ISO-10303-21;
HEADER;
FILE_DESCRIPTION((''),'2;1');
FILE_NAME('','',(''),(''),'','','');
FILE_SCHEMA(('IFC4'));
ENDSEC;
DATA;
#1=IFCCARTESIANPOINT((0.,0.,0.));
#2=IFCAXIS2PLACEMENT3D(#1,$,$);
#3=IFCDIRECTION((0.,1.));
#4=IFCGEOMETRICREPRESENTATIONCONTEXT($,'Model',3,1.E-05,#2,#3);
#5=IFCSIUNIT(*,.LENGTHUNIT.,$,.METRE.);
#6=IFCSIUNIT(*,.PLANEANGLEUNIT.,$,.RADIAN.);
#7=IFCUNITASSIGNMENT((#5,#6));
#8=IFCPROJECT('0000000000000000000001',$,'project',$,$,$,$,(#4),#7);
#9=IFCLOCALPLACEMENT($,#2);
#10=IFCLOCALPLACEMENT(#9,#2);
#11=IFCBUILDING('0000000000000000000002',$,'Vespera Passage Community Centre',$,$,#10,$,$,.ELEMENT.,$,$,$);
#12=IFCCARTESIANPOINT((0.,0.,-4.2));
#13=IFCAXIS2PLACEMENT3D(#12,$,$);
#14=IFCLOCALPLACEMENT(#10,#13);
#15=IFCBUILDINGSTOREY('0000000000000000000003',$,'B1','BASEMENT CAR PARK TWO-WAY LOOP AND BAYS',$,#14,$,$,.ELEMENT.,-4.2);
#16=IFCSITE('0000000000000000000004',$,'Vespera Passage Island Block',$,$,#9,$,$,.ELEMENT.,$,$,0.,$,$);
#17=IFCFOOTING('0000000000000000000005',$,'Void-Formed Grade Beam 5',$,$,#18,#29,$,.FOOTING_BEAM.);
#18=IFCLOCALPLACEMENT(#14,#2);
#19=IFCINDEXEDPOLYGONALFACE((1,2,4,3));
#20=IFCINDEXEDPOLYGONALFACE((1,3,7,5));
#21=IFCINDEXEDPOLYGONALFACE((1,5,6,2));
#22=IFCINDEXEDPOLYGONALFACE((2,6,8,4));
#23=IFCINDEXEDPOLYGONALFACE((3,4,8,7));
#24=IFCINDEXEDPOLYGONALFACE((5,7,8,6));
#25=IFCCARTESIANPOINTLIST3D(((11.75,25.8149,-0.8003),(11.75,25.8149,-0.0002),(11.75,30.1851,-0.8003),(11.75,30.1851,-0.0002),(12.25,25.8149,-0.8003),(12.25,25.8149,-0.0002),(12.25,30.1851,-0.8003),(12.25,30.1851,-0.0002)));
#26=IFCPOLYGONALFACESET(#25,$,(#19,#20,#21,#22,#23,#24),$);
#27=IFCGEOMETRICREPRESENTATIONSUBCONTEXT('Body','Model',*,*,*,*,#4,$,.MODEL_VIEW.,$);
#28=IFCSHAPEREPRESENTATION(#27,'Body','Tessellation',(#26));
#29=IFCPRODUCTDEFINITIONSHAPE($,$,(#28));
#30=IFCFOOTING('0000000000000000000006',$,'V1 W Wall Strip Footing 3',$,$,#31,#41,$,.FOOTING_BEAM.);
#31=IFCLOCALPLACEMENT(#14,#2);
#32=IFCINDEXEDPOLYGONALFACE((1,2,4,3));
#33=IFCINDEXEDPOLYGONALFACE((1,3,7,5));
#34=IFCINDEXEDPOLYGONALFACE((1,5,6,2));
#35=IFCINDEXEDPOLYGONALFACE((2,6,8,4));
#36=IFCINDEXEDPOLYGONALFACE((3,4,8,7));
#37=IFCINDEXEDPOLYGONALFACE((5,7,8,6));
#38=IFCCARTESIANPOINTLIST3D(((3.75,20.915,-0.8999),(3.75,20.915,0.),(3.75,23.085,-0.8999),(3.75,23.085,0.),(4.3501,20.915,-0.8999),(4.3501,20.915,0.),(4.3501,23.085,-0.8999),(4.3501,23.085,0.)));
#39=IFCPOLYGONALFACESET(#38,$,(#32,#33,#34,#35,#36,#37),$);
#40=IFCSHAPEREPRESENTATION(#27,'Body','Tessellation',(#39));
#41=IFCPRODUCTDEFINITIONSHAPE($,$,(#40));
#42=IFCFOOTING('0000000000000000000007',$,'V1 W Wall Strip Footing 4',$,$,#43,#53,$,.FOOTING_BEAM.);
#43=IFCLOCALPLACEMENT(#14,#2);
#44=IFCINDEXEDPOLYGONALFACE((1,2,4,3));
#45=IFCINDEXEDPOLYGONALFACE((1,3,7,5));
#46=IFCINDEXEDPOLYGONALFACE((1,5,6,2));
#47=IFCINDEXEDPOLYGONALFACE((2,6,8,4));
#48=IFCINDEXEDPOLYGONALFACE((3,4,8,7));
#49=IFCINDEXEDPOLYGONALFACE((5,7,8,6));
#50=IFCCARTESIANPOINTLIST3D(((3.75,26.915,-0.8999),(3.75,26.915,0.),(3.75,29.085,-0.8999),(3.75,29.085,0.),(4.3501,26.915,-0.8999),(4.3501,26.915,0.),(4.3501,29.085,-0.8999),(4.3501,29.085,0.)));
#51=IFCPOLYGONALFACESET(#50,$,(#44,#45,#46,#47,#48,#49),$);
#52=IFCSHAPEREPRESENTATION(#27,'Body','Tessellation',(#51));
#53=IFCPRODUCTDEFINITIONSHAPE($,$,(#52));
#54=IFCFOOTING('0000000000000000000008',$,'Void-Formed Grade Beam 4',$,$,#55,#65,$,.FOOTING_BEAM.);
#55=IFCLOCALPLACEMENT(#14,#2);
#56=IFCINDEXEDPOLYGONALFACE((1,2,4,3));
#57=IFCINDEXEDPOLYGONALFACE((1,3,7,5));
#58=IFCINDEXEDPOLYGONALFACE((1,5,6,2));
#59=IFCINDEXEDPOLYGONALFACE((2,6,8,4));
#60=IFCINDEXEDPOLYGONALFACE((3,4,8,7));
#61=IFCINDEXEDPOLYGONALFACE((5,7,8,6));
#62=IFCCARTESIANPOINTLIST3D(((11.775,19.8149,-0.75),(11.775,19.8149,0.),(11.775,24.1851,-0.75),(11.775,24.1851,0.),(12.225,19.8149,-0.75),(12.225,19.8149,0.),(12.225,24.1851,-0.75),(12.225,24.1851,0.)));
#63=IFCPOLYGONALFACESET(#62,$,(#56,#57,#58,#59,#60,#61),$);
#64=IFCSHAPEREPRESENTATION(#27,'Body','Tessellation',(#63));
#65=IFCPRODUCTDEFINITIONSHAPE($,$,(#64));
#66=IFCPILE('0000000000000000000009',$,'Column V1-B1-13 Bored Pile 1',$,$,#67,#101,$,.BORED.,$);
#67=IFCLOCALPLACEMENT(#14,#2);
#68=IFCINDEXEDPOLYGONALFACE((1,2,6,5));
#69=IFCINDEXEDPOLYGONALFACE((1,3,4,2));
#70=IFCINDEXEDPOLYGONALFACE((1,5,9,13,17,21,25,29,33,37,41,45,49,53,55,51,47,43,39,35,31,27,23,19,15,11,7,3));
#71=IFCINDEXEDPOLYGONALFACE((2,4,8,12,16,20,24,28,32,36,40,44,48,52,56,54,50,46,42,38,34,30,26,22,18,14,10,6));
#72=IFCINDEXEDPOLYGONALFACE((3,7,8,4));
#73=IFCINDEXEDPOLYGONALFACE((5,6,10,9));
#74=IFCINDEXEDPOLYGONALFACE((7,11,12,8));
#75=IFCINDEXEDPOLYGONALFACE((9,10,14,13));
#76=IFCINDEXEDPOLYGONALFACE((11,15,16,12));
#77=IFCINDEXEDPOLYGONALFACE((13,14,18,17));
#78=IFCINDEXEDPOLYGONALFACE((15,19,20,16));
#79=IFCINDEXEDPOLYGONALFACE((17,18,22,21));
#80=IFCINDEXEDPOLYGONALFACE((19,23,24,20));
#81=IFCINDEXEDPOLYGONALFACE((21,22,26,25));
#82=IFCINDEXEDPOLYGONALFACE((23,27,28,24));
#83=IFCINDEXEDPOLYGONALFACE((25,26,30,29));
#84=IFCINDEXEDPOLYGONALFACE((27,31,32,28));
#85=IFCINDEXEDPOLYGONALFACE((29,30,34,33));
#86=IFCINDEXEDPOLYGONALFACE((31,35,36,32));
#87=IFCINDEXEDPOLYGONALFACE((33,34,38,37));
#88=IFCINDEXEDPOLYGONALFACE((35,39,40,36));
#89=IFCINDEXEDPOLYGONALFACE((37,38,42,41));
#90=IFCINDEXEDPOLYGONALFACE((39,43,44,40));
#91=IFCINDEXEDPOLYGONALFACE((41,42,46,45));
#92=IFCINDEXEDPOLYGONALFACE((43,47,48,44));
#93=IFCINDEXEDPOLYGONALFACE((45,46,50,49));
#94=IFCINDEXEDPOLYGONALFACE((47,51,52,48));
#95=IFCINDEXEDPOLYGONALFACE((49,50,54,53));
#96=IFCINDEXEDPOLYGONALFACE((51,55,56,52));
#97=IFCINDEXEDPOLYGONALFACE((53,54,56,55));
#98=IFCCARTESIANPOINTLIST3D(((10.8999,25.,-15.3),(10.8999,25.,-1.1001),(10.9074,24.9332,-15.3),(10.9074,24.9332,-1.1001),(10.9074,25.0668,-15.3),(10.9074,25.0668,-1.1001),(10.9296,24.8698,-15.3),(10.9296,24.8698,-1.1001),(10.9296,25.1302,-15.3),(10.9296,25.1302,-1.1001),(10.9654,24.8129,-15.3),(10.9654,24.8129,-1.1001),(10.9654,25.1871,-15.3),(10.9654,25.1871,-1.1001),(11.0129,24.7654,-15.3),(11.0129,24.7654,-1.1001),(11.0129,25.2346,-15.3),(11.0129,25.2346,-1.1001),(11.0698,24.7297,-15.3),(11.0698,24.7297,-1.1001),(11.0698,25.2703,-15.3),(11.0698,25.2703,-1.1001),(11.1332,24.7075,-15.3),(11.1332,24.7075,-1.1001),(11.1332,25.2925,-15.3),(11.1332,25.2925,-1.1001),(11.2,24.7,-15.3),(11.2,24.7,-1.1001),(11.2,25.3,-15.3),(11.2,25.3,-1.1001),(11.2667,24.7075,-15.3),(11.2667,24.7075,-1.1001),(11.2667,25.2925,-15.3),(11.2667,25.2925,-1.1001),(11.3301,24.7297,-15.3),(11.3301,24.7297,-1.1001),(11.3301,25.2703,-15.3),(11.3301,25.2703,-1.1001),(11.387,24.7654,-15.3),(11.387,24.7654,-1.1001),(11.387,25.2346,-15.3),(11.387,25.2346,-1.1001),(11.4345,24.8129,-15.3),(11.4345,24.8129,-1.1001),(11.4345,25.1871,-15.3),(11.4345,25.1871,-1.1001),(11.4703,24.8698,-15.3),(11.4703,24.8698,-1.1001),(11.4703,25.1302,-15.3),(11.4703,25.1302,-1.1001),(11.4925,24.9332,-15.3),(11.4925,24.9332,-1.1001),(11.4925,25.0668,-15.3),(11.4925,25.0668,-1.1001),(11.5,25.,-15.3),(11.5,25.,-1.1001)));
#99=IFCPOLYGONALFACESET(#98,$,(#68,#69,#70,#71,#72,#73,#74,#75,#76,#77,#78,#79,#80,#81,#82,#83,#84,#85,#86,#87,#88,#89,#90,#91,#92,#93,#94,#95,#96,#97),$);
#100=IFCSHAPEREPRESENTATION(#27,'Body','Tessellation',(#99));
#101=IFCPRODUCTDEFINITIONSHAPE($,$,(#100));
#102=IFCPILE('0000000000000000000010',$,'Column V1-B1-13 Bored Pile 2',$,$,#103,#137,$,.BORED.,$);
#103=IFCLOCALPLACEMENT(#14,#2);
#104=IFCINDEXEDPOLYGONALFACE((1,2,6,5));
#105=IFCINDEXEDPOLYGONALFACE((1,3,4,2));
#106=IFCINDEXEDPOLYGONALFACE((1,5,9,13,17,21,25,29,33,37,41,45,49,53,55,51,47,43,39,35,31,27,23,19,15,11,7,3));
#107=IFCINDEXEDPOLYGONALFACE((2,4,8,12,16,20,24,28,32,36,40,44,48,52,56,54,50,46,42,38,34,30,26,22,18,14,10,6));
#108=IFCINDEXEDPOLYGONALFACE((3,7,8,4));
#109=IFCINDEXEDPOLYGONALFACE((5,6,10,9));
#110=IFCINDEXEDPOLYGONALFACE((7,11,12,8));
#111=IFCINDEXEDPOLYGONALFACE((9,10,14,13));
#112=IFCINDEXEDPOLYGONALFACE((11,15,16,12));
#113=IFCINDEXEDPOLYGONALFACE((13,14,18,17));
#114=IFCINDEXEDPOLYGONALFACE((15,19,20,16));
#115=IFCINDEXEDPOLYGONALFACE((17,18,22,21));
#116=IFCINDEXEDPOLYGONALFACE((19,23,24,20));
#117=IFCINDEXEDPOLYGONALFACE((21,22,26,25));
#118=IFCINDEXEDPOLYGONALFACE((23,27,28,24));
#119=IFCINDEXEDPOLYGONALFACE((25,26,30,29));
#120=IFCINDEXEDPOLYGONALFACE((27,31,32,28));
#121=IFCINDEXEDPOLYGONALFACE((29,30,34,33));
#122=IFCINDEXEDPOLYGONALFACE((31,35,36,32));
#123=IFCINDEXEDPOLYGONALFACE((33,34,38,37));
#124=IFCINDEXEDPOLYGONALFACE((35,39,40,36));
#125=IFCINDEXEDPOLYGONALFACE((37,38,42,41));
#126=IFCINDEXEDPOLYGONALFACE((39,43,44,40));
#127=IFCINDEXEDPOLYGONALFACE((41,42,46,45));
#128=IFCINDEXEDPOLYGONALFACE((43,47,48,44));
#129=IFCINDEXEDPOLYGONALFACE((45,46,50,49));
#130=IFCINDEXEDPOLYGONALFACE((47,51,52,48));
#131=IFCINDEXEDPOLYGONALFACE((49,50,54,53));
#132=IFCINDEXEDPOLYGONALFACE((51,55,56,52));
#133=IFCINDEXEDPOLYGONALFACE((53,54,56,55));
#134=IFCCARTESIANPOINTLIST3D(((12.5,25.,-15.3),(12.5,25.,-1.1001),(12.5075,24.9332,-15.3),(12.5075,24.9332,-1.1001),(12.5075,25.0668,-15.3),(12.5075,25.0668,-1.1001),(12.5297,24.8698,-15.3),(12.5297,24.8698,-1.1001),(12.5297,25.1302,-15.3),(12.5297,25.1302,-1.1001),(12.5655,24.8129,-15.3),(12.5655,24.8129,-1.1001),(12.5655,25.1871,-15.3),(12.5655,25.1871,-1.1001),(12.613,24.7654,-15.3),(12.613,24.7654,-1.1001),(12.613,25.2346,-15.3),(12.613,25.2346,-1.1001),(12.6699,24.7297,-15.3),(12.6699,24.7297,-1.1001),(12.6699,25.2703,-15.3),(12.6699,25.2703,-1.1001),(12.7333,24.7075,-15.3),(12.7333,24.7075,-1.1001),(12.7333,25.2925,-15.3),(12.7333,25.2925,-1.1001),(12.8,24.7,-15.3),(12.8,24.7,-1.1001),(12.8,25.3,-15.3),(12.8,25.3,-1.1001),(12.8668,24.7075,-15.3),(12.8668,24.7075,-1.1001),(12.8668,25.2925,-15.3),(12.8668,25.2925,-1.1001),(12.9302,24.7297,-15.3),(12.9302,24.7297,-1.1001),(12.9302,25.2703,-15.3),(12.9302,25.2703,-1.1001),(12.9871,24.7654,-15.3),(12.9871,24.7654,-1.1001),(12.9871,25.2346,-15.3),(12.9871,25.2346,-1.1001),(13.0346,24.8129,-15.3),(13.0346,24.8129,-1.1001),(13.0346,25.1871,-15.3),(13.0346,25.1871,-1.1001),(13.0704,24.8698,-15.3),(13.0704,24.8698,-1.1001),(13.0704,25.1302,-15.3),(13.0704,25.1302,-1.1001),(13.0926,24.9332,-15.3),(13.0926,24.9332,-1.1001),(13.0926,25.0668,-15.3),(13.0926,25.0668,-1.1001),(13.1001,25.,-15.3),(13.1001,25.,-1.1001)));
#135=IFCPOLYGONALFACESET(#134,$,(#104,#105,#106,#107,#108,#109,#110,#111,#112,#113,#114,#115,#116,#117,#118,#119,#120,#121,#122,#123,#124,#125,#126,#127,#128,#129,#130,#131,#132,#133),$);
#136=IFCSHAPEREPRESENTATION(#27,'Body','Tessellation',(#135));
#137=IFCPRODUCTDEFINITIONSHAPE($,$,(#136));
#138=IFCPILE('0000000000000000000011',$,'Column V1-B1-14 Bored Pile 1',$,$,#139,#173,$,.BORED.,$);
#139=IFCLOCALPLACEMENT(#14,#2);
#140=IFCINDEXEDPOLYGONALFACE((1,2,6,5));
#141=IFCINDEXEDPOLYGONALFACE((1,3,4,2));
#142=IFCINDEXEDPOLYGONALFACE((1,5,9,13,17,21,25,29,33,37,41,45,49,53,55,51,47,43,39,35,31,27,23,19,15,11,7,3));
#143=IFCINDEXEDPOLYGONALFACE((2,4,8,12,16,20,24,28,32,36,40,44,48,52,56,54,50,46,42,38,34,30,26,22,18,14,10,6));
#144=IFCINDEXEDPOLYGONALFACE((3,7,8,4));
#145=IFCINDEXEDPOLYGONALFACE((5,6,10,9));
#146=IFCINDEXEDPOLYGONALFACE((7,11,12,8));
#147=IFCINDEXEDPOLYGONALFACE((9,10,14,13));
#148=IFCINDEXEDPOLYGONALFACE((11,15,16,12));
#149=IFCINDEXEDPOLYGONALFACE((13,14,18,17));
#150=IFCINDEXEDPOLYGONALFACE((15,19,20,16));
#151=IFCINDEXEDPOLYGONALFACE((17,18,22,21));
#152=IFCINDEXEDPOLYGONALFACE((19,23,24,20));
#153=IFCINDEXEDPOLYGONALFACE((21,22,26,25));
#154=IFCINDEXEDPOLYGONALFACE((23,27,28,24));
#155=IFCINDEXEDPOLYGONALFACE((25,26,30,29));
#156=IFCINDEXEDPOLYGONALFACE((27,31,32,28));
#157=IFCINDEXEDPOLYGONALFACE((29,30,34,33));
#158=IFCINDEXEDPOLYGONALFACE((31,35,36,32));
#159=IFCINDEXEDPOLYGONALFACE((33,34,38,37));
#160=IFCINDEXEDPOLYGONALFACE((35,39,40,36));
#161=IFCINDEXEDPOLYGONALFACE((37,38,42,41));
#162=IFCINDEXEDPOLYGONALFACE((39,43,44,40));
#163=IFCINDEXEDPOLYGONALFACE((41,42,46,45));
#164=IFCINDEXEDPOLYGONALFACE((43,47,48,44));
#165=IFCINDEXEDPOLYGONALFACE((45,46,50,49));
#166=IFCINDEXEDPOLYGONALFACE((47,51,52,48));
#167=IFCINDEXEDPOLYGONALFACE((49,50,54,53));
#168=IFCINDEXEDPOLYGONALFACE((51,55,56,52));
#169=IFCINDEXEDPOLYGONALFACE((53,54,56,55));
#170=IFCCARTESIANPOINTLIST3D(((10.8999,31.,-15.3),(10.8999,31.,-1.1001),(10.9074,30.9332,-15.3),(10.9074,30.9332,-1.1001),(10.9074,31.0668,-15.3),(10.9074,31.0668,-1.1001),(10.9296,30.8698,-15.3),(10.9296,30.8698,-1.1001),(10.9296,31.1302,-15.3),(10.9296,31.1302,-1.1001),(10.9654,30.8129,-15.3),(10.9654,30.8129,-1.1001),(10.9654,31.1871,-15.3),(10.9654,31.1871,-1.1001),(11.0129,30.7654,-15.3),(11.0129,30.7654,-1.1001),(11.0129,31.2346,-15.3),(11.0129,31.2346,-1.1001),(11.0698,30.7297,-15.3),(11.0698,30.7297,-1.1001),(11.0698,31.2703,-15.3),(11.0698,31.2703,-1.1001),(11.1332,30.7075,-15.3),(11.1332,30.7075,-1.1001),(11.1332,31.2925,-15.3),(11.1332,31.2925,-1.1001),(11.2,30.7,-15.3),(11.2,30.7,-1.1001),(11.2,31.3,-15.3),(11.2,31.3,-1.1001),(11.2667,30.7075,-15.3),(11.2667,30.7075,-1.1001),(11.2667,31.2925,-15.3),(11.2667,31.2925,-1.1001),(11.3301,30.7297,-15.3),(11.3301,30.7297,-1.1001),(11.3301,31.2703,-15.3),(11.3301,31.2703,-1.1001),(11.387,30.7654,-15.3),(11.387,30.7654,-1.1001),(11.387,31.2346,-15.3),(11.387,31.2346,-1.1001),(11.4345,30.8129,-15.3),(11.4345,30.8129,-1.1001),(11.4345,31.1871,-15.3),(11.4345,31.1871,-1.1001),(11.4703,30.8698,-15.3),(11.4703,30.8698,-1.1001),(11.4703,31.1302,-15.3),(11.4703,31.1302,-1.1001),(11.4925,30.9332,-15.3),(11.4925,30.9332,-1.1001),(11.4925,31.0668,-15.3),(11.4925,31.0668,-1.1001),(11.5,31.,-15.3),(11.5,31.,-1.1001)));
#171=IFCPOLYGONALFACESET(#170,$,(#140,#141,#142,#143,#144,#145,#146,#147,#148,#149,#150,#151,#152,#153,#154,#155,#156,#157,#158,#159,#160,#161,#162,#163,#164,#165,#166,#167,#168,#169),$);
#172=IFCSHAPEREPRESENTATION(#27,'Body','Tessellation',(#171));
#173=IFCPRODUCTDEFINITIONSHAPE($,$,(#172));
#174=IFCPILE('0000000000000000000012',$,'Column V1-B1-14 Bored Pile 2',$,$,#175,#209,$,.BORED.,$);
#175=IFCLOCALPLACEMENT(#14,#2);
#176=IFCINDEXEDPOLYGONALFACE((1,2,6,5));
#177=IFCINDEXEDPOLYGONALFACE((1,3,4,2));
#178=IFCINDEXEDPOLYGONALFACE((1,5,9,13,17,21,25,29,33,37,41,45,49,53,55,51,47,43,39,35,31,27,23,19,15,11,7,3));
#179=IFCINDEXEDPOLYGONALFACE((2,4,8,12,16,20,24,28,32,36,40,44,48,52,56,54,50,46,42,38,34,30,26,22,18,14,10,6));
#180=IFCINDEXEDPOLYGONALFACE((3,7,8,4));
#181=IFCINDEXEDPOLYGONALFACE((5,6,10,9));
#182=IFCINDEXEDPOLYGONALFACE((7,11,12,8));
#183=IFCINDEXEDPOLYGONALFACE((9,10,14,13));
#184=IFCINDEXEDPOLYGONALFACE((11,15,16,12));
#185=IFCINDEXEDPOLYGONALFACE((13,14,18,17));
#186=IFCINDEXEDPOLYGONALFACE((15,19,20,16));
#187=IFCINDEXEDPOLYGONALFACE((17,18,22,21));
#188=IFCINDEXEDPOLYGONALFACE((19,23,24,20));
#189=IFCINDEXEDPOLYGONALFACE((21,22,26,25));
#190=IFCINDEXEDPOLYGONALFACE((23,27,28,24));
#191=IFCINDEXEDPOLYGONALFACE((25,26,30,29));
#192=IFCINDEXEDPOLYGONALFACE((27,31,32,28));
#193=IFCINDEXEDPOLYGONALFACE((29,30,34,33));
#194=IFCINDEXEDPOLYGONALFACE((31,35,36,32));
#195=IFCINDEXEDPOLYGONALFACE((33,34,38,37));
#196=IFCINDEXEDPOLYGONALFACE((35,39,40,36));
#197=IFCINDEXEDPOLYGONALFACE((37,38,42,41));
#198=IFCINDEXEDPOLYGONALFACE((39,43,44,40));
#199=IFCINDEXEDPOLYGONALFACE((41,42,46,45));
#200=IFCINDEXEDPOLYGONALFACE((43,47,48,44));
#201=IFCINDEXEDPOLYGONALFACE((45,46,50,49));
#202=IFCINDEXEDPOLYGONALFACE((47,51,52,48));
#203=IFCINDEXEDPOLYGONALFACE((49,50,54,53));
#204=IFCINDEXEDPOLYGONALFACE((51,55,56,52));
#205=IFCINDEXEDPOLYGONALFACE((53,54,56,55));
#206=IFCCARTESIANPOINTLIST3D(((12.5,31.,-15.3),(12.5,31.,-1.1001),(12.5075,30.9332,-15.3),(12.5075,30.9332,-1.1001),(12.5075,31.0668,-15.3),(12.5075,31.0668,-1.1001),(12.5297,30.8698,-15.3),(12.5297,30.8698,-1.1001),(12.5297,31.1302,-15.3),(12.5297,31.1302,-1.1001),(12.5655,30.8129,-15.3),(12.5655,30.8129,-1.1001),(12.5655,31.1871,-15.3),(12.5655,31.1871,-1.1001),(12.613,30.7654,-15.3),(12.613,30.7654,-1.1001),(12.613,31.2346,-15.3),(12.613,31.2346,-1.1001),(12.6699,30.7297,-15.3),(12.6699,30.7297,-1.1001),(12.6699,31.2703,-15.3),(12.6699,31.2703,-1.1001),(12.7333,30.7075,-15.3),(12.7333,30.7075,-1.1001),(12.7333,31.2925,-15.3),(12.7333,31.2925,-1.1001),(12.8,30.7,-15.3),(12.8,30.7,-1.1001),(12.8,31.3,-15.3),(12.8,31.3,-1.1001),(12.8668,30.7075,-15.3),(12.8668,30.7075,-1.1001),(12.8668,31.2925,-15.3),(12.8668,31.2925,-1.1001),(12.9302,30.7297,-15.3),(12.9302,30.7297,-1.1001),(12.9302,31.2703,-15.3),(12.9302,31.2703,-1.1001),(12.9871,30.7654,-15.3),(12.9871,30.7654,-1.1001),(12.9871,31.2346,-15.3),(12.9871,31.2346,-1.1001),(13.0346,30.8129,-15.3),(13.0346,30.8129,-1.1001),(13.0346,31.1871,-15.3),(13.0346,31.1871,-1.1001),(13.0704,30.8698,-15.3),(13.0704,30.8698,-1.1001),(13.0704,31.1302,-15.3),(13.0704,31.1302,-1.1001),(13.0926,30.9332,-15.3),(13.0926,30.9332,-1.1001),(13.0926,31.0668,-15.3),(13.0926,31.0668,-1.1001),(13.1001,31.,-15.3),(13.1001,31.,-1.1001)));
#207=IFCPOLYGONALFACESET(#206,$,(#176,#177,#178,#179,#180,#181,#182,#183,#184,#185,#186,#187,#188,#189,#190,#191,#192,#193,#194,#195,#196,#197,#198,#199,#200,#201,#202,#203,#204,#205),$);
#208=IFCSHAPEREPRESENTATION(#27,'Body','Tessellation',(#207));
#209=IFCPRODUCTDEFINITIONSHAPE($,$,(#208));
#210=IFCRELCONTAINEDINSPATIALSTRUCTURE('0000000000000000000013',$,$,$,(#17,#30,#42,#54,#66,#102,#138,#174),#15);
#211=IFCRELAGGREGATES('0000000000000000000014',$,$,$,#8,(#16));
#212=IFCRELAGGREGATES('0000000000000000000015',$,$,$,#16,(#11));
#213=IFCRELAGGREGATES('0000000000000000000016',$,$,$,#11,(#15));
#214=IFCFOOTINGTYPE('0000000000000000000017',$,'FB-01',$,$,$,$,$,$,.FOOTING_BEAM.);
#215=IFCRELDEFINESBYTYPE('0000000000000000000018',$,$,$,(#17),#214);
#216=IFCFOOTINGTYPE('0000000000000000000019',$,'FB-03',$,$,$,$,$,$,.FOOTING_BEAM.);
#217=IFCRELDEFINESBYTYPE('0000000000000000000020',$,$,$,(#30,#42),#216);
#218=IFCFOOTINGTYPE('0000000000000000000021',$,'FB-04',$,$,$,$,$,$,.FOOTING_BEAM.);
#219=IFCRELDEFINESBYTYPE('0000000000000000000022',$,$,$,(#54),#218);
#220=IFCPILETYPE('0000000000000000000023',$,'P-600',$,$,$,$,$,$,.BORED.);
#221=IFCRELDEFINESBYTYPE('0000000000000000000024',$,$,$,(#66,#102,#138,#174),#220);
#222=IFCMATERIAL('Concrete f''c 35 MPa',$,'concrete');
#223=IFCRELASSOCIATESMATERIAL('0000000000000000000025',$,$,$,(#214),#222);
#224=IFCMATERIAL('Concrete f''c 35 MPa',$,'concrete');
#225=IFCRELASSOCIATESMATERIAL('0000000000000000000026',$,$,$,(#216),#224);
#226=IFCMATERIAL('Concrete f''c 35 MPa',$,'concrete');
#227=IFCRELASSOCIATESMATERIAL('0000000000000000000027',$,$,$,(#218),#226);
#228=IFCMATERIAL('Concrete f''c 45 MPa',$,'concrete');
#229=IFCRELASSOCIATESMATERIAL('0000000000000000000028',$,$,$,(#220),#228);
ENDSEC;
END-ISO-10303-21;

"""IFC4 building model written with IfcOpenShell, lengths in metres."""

from ifc_helpers import new_model, si_unit, direction, frame, origin, origin_2d, place, context, subcontext, project, spatial, rectangle, circle, extrude, material, material_profile, profile_set, type_object, element, save


model = new_model("IFC4")

# Units and contexts
model_context = context("Model", 3, precision=1e-05, world=origin(), true_north=direction((0.0, 1.0)))
body_context = subcontext(model_context, "Body", "Model", "MODEL_VIEW")
ifc_project = project(units=[si_unit("LENGTHUNIT", "METRE"), si_unit("PLANEANGLEUNIT", "RADIAN")], contexts=[model_context])

# Site, building, storey
site_placement = place(None, origin())
site = spatial("IfcSite", under=ifc_project, at=site_placement, Name="Vespera Passage Island Block", CompositionType="ELEMENT", RefElevation=0.0)
building_placement = place(site_placement, origin())
building = spatial("IfcBuilding", under=site, at=building_placement, Name="Vespera Passage Community Centre", CompositionType="ELEMENT")
storey_placement = place(building_placement, frame((0.0, 0.0, -4.2)))
storey = spatial("IfcBuildingStorey", under=building, at=storey_placement, Name="B1", Description="BASEMENT CAR PARK TWO-WAY LOOP AND BAYS", CompositionType="ELEMENT", Elevation=-4.2)

# Footings
ifc_material_1 = material(Name="Concrete f'c 35 MPa", Category="concrete")
footing_type_1 = type_object("IfcFootingType", Name="FB-01", PredefinedType="FOOTING_BEAM", material=ifc_material_1)
footing_1_placement = place(storey_placement, frame((12.0, 28.0, -0.8003), z_axis=(0.0, 0.0, 1.0), x_axis=(0.0, 1.0, 0.0)))
element("IfcFooting", 1, at=footing_1_placement, inside=storey, type_object=footing_type_1, Name="Void-Formed Grade Beam 5", PredefinedType="FOOTING_BEAM", context=body_context, shape_type="SweptSolid", body=[
    extrude(rectangle(XDim=4.3701, YDim=0.5, at=origin_2d()), origin(), (0.0, 0.0, 1.0), 0.8),
])
ifc_material_2 = material(Name="Concrete f'c 35 MPa", Category="concrete")
footing_type_2 = type_object("IfcFootingType", Name="FB-03", PredefinedType="FOOTING_BEAM", material=ifc_material_2)
for number, where, z_axis, x_axis, name in (
    (2, (4.05, 22.0, -0.8999), (0.0, 0.0, 1.0), (0.0, 1.0, 0.0), "V1 W Wall Strip Footing 3"),
    (3, (4.05, 28.0, -0.8999), (0.0, 0.0, 1.0), (0.0, 1.0, 0.0), "V1 W Wall Strip Footing 4"),
):
    element("IfcFooting", number, at=place(storey_placement, frame(where, z_axis=z_axis, x_axis=x_axis)), inside=storey, type_object=footing_type_2, Name=name, PredefinedType="FOOTING_BEAM", context=body_context, shape_type="SweptSolid", body=[
        extrude(rectangle(XDim=2.1699, YDim=0.6001, at=origin_2d()), origin(), (0.0, 0.0, 1.0), 0.8999),
    ])
ifc_material_3 = material(Name="Concrete f'c 35 MPa", Category="concrete")
footing_type_3 = type_object("IfcFootingType", Name="FB-04", PredefinedType="FOOTING_BEAM", material=ifc_material_3)
footing_2_placement = place(storey_placement, frame((12.0, 22.0, -0.75), z_axis=(0.0, 0.0, 1.0), x_axis=(0.0, 1.0, 0.0)))
element("IfcFooting", 4, at=footing_2_placement, inside=storey, type_object=footing_type_3, Name="Void-Formed Grade Beam 4", PredefinedType="FOOTING_BEAM", context=body_context, shape_type="SweptSolid", body=[
    extrude(rectangle(XDim=4.3701, YDim=0.45, at=origin_2d()), origin(), (0.0, 0.0, 1.0), 0.75),
])

# Piles
ifc_material_4 = material(Name="Concrete f'c 45 MPa", Category="concrete")
ifc_material_profile_1 = material_profile(ifc_material_4, circle(Radius=0.3, at=origin_2d()), Name="PILE600DIA")
ifc_profile_set_1 = profile_set([ifc_material_profile_1], Name="Concrete f'c 45 MPa")
pile_type_1 = type_object("IfcPileType", Name="P-600", PredefinedType="BORED", material=ifc_profile_set_1)
for number, where, z_axis, x_axis, name in (
    (5, (11.2, 25.0, -1.1001), (0.0, 0.0, -1.0), (1.0, 0.0, 0.0), "Column V1-B1-13 Bored Pile 1"),
    (6, (12.8, 25.0, -1.1001), (0.0, 0.0, -1.0), (1.0, 0.0, 0.0), "Column V1-B1-13 Bored Pile 2"),
    (7, (11.2, 31.0, -1.1001), (0.0, 0.0, -1.0), (1.0, 0.0, 0.0), "Column V1-B1-14 Bored Pile 1"),
    (8, (12.8, 31.0, -1.1001), (0.0, 0.0, -1.0), (1.0, 0.0, 0.0), "Column V1-B1-14 Bored Pile 2"),
):
    element("IfcPile", number, at=place(storey_placement, frame(where, z_axis=z_axis, x_axis=x_axis)), inside=storey, type_object=pile_type_1, Name=name, PredefinedType="BORED", context=body_context, shape_type="SweptSolid", body=[
        extrude(circle(Radius=0.3, at=origin_2d()), origin(), (0.0, 0.0, 1.0), 14.2),
    ])

save(model, "model.ifc")
